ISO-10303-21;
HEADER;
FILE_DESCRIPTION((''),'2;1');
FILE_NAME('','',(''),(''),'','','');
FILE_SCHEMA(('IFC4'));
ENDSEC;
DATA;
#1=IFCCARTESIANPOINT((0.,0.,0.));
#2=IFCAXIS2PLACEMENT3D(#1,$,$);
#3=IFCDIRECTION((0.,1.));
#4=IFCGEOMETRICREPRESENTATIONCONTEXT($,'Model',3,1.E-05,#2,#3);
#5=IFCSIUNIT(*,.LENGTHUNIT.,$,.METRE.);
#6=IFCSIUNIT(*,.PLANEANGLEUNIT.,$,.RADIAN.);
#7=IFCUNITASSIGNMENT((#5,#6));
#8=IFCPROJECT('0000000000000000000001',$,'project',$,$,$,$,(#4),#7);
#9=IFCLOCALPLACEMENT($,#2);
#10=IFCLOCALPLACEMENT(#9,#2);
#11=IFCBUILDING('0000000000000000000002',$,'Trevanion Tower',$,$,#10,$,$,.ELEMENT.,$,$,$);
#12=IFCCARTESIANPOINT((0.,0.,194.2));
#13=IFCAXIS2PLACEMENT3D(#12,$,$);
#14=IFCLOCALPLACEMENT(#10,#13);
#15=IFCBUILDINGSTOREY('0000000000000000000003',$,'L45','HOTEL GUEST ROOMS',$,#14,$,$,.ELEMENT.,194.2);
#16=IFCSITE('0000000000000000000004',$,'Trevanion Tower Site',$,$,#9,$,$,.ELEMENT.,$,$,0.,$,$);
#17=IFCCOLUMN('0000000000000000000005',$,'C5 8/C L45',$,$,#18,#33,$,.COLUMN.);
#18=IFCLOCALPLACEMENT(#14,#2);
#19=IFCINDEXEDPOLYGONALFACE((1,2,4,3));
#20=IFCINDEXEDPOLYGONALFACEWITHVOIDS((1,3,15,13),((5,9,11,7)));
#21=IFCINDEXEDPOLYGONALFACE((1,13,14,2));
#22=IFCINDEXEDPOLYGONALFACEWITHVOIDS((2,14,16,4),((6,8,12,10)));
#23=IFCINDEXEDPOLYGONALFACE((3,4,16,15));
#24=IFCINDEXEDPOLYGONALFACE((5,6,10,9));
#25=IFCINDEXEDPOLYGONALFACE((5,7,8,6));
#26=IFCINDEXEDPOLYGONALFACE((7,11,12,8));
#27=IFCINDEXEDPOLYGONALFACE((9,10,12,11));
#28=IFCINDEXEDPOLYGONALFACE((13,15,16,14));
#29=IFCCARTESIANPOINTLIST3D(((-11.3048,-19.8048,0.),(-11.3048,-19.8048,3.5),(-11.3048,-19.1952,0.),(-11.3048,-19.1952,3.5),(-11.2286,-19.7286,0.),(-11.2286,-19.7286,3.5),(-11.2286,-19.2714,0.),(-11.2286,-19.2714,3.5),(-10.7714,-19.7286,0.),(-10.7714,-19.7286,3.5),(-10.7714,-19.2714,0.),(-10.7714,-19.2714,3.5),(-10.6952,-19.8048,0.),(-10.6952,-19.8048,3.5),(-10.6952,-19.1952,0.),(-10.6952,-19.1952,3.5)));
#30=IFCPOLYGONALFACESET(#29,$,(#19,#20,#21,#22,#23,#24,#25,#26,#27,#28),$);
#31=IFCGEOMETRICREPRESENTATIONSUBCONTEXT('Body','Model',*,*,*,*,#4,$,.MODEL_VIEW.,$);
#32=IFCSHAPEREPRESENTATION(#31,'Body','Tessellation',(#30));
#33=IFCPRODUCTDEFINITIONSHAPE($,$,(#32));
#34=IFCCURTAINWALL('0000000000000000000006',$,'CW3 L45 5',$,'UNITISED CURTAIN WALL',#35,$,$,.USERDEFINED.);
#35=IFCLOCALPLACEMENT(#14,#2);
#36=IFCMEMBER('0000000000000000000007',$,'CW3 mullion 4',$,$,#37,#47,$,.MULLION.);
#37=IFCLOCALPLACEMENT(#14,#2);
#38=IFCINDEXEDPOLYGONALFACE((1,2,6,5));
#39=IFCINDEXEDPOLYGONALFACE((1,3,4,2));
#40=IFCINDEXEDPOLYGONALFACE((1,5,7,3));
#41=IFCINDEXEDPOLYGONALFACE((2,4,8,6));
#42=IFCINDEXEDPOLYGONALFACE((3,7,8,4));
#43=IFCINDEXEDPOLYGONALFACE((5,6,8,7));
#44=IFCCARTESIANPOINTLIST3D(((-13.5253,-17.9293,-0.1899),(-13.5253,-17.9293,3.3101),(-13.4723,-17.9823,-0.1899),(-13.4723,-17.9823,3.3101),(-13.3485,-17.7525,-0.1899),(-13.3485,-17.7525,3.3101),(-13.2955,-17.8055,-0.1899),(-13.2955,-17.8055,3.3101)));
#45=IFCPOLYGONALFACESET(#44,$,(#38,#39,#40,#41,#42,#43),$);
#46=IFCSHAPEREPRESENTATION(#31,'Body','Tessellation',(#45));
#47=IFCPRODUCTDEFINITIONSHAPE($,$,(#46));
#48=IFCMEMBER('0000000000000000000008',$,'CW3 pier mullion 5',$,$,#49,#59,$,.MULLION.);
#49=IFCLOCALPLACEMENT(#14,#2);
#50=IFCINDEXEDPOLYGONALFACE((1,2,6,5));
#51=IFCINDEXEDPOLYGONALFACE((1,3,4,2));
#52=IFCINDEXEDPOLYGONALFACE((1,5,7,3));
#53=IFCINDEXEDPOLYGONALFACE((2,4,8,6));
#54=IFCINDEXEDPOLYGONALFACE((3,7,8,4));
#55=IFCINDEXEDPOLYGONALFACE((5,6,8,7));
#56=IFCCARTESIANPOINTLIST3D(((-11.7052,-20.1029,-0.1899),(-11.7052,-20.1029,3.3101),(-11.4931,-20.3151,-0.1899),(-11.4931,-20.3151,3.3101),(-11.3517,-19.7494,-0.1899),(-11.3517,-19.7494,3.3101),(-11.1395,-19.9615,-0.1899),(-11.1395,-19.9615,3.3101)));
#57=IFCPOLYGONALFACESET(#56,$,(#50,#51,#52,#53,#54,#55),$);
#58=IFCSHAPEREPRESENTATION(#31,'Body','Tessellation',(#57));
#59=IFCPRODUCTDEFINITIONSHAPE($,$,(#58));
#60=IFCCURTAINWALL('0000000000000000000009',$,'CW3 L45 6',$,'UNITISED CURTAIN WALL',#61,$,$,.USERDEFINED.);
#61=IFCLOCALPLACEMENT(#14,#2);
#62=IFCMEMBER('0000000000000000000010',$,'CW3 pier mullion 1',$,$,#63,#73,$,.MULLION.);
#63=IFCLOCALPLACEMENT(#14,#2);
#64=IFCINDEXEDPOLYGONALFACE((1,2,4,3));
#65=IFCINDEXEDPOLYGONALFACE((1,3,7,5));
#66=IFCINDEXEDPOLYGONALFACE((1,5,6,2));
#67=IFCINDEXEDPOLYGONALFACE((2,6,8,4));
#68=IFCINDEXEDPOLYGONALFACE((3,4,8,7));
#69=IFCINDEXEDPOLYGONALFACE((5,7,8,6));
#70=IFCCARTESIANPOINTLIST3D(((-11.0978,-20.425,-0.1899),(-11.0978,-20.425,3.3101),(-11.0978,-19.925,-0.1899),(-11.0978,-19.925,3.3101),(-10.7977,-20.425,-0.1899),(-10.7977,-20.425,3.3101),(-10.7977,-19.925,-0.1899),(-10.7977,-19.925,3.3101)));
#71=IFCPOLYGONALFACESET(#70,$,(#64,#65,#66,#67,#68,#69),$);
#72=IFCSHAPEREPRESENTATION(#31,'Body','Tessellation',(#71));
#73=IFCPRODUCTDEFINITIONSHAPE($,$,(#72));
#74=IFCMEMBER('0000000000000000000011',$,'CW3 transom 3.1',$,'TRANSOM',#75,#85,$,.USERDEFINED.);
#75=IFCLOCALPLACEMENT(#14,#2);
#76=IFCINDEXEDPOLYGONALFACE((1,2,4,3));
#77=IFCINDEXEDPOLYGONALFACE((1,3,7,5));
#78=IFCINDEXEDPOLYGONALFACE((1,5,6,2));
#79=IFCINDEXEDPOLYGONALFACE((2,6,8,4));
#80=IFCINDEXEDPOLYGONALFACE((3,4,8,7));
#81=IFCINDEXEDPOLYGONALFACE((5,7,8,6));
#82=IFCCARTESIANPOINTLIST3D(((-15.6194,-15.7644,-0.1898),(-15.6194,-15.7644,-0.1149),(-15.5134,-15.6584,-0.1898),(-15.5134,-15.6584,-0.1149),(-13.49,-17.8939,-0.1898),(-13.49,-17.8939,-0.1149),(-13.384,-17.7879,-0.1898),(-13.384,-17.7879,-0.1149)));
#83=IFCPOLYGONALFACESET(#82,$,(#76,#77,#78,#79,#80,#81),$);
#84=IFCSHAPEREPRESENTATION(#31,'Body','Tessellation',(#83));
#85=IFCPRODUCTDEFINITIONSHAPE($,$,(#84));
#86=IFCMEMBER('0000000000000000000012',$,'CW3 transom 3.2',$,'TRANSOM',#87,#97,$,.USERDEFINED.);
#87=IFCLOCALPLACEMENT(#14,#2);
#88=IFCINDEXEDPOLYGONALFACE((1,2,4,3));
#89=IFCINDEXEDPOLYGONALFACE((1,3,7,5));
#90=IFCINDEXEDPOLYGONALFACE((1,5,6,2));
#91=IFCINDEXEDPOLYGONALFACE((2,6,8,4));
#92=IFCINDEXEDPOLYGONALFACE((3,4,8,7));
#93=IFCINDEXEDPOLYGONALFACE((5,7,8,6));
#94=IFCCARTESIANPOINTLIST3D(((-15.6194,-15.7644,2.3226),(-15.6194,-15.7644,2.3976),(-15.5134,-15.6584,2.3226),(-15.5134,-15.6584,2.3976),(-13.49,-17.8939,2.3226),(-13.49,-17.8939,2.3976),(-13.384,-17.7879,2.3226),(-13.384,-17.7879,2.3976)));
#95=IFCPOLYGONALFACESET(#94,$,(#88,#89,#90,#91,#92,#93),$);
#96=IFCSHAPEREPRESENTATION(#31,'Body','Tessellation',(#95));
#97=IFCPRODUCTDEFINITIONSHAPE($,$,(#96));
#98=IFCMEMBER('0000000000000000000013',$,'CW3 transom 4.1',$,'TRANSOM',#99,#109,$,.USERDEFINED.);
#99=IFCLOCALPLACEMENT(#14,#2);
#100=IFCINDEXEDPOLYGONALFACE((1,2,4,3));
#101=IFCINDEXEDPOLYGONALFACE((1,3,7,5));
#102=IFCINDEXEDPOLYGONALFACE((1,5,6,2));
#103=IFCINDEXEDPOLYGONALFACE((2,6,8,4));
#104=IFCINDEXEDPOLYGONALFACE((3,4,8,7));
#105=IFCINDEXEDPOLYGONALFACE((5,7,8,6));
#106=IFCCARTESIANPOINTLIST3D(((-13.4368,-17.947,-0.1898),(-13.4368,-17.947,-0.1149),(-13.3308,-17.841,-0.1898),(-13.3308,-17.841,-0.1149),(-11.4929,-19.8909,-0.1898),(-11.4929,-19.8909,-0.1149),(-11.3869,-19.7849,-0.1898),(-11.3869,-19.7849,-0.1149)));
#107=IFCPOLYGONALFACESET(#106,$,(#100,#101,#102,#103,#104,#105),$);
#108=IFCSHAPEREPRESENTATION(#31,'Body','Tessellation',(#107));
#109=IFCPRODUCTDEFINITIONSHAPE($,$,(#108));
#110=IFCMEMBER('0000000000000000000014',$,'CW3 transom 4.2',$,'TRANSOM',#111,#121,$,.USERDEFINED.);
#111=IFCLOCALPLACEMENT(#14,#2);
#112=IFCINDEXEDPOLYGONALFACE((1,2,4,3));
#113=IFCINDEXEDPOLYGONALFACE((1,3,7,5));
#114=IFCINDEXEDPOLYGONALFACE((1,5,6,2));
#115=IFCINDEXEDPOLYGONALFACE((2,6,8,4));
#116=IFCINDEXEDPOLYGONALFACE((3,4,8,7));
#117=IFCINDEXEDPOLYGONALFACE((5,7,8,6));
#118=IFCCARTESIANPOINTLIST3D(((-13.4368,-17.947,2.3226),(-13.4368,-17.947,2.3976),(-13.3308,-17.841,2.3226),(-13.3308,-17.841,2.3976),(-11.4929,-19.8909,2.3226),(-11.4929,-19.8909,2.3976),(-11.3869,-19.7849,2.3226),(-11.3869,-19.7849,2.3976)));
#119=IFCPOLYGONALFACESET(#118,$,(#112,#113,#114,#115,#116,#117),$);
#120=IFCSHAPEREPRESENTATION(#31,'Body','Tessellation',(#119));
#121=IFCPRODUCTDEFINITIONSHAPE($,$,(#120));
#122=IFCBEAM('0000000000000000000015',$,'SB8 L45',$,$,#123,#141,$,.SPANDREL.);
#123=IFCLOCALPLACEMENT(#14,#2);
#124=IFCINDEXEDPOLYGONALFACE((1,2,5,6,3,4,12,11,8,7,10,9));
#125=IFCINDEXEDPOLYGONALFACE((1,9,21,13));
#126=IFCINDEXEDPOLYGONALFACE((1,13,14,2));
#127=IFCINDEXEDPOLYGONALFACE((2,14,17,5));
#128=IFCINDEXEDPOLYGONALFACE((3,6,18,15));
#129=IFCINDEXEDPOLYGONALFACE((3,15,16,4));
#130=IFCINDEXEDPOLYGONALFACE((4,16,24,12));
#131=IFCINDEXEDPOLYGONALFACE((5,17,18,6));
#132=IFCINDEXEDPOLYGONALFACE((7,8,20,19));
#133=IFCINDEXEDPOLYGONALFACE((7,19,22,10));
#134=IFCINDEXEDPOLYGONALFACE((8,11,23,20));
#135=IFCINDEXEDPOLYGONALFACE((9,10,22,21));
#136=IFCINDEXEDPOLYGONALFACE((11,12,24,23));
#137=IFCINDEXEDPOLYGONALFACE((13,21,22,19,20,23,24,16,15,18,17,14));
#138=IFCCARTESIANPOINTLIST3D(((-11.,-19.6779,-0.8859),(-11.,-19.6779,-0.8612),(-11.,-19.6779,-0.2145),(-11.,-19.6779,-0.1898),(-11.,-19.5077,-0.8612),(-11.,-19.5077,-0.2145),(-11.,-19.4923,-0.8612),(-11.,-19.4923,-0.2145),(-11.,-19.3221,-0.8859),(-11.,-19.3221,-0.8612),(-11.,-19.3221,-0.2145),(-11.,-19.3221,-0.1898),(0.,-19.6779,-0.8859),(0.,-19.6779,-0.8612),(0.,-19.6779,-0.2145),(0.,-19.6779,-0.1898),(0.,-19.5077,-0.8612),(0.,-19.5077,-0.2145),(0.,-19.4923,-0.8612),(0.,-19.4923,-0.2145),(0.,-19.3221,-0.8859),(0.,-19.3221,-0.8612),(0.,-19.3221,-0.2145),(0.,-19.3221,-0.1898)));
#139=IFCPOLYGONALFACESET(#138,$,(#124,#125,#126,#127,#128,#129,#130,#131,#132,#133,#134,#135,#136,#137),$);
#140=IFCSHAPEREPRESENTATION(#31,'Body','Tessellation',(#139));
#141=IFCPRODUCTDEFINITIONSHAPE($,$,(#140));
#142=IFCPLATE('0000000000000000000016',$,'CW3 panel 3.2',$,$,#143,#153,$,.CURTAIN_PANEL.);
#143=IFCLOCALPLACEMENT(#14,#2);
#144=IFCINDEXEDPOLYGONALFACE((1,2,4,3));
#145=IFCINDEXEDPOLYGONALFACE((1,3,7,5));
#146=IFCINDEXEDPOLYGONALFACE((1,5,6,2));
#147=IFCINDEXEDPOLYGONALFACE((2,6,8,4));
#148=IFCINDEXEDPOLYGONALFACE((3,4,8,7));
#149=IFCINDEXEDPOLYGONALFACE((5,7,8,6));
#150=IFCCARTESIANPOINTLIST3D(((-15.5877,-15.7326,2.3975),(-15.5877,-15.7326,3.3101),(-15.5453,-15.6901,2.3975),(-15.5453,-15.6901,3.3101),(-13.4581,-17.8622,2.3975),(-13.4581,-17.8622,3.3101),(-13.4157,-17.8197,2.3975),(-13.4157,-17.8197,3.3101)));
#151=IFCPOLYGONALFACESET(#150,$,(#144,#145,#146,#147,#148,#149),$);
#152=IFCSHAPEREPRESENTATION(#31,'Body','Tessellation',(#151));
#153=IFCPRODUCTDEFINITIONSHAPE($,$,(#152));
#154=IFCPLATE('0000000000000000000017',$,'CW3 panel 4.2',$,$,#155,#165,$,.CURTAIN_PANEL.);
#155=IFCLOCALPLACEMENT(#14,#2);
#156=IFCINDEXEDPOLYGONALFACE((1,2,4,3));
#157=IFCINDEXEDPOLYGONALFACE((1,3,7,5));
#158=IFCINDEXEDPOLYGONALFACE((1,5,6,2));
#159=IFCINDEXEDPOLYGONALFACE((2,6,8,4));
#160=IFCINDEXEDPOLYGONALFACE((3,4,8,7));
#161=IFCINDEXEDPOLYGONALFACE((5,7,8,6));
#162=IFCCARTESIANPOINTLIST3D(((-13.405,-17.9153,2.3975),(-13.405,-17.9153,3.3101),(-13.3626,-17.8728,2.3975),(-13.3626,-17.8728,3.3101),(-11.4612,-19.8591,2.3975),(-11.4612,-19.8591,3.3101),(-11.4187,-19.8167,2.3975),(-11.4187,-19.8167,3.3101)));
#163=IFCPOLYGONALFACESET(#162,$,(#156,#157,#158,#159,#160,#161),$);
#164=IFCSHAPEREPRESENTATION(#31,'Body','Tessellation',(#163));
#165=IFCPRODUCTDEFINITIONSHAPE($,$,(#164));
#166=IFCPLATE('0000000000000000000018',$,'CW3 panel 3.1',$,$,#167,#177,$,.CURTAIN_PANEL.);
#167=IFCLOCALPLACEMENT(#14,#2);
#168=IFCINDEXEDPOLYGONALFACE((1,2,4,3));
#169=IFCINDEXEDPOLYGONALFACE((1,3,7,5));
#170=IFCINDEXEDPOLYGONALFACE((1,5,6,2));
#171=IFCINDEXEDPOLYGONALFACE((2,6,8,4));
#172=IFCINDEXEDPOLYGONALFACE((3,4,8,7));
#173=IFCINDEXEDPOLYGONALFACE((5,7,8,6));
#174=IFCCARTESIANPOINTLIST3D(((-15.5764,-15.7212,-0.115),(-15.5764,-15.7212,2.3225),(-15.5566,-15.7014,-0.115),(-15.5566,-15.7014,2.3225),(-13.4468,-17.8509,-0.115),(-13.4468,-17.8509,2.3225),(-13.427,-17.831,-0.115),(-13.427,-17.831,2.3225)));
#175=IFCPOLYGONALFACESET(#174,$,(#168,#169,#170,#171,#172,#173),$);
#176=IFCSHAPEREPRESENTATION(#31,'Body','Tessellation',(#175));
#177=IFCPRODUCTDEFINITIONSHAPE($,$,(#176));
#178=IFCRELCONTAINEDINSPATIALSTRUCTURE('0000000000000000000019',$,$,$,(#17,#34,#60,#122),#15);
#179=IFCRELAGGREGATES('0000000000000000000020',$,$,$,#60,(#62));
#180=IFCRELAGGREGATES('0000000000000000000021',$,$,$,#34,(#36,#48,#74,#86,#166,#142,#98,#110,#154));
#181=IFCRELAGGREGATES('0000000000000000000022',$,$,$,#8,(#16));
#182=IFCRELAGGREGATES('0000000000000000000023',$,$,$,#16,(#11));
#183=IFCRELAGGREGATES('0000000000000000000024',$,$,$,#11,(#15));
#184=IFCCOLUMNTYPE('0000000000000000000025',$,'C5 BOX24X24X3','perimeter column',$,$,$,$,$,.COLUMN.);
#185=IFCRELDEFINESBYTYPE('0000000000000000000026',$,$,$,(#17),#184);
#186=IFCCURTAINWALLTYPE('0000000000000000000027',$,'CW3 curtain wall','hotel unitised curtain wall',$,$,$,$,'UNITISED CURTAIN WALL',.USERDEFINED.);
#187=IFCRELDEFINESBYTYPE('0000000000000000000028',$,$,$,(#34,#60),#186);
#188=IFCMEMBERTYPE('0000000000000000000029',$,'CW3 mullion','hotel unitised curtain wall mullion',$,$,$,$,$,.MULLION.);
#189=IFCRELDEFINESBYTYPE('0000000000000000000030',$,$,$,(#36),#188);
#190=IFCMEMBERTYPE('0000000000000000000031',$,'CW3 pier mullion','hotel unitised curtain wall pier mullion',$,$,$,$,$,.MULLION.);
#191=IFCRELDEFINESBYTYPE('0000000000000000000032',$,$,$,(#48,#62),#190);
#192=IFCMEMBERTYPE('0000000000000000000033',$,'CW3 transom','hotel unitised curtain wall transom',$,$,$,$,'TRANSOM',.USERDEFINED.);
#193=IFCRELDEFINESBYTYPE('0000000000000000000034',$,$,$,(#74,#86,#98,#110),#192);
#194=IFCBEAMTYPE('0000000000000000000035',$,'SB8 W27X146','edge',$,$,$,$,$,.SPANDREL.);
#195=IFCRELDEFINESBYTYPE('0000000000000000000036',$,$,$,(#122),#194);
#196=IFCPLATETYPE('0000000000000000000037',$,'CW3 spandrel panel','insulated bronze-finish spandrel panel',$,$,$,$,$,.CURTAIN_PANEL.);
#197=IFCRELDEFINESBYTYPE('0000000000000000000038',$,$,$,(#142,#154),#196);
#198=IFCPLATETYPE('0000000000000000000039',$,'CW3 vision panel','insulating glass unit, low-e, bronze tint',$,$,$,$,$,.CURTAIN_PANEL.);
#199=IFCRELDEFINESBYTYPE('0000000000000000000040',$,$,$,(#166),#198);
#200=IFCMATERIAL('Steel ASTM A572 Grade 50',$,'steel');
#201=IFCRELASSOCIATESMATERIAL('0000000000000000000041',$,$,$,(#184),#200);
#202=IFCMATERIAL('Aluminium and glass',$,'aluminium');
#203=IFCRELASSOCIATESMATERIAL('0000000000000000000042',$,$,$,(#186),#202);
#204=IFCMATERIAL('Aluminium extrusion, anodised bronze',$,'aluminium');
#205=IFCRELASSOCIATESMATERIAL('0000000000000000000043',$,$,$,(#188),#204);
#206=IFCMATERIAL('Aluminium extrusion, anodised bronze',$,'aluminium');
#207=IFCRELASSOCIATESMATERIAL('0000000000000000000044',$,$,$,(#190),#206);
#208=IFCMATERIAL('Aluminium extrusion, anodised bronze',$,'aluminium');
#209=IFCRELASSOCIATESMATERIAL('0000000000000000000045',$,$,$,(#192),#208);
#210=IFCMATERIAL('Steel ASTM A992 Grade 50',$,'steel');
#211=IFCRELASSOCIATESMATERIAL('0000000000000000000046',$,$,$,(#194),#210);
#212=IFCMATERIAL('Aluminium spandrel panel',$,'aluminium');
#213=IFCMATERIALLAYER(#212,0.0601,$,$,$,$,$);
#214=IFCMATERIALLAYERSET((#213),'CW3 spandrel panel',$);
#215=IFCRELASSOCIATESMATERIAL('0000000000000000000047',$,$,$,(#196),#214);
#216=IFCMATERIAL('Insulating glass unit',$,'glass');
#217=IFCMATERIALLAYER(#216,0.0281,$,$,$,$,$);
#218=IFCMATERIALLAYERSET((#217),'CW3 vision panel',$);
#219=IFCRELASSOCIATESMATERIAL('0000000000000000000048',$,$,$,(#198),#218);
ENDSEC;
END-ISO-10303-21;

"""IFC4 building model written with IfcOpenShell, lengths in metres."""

from ifc_helpers import new_model, si_unit, direction, frame, origin, origin_2d, place, context, subcontext, project, spatial, rectangle, hollow_rectangle, i_section, extrude, material, layer, layer_set, material_profile, profile_set, type_object, element, aggregate, save


model = new_model("IFC4")

# Units and contexts
model_context = context("Model", 3, precision=1e-05, world=origin(), true_north=direction((0.0, 1.0)))
body_context = subcontext(model_context, "Body", "Model", "MODEL_VIEW")
ifc_project = project(units=[si_unit("LENGTHUNIT", "METRE"), si_unit("PLANEANGLEUNIT", "RADIAN")], contexts=[model_context])

# Site, building, storey
site_placement = place(None, origin())
site = spatial("IfcSite", under=ifc_project, at=site_placement, Name="Trevanion Tower Site", CompositionType="ELEMENT", RefElevation=0.0)
building_placement = place(site_placement, origin())
building = spatial("IfcBuilding", under=site, at=building_placement, Name="Trevanion Tower", CompositionType="ELEMENT")
storey_placement = place(building_placement, frame((0.0, 0.0, 194.2)))
storey = spatial("IfcBuildingStorey", under=building, at=storey_placement, Name="L45", Description="HOTEL GUEST ROOMS", CompositionType="ELEMENT", Elevation=194.2)

# Column
ifc_material_1 = material(Name="Steel ASTM A572 Grade 50", Category="steel")
ifc_material_profile_1 = material_profile(ifc_material_1, hollow_rectangle(XDim=0.6096, YDim=0.6096, WallThickness=0.0762, at=origin_2d()), Name="BOX24X24X3")
ifc_profile_set_1 = profile_set([ifc_material_profile_1], Name="Steel ASTM A572 Grade 50")
column_type = type_object("IfcColumnType", Name="C5 BOX24X24X3", Description="perimeter column", PredefinedType="COLUMN", material=ifc_profile_set_1)
column_placement = place(storey_placement, frame((-11.0, -19.5, 0.0), z_axis=(0.0, 0.0, 1.0), x_axis=(1.0, 0.0, 0.0)))
element("IfcColumn", 1, at=column_placement, inside=storey, type_object=column_type, Name="C5 8/C L45", PredefinedType="COLUMN", context=body_context, shape_type="SweptSolid", body=[
    extrude(hollow_rectangle(XDim=0.6096, YDim=0.6096, WallThickness=0.0762, at=origin_2d()), origin(), (0.0, 0.0, 1.0), 3.5),
])

# Curtain wall, members
ifc_material_2 = material(Name="Aluminium and glass", Category="aluminium")
curtain_wall_type = type_object("IfcCurtainWallType", Name="CW3 curtain wall", Description="hotel unitised curtain wall", ElementType="UNITISED CURTAIN WALL", PredefinedType="USERDEFINED", material=ifc_material_2)
curtain_wall_1_placement = place(storey_placement, origin())
curtain_wall_1 = element("IfcCurtainWall", 2, at=curtain_wall_1_placement, inside=storey, type_object=curtain_wall_type, Name="CW3 L45 5", ObjectType="UNITISED CURTAIN WALL", PredefinedType="USERDEFINED")
ifc_material_3 = material(Name="Aluminium extrusion, anodised bronze", Category="aluminium")
ifc_material_profile_2 = material_profile(ifc_material_3, rectangle(XDim=0.075, YDim=0.25, at=origin_2d()), Name="CW3 mullion")
ifc_profile_set_2 = profile_set([ifc_material_profile_2], Name="Aluminium extrusion, anodised bronze")
member_type_1 = type_object("IfcMemberType", Name="CW3 mullion", Description="hotel unitised curtain wall mullion", PredefinedType="MULLION", material=ifc_profile_set_2)
member_1_placement = place(storey_placement, frame((-13.4104, -17.8674, -0.1899), z_axis=(0.0, 0.0, 1.0), x_axis=(0.707107, -0.707107, 0.0)))
member_1 = element("IfcMember", 3, at=member_1_placement, type_object=member_type_1, Name="CW3 mullion 4", PredefinedType="MULLION", context=body_context, shape_type="SweptSolid", body=[
    extrude(rectangle(XDim=0.075, YDim=0.25, at=origin_2d()), origin(), (0.0, 0.0, 1.0), 3.5),
])
ifc_material_4 = material(Name="Aluminium extrusion, anodised bronze", Category="aluminium")
ifc_material_profile_3 = material_profile(ifc_material_4, rectangle(XDim=0.3, YDim=0.5, at=origin_2d()), Name="CW3 pier mullion")
ifc_profile_set_3 = profile_set([ifc_material_profile_3], Name="Aluminium extrusion, anodised bronze")
member_type_2 = type_object("IfcMemberType", Name="CW3 pier mullion", Description="hotel unitised curtain wall pier mullion", PredefinedType="MULLION", material=ifc_profile_set_3)
member_2_placement = place(storey_placement, frame((-11.4224, -20.0322, -0.1899), z_axis=(0.0, 0.0, 1.0), x_axis=(0.707107, -0.707107, 0.0)))
member_2 = element("IfcMember", 4, at=member_2_placement, type_object=member_type_2, Name="CW3 pier mullion 5", PredefinedType="MULLION", context=body_context, shape_type="SweptSolid", body=[
    extrude(rectangle(XDim=0.3, YDim=0.5, at=origin_2d()), origin(), (0.0, 0.0, 1.0), 3.5),
])

# Curtain wall, member
curtain_wall_2_placement = place(storey_placement, origin())
curtain_wall_2 = element("IfcCurtainWall", 5, at=curtain_wall_2_placement, inside=storey, type_object=curtain_wall_type, Name="CW3 L45 6", ObjectType="UNITISED CURTAIN WALL", PredefinedType="USERDEFINED")
member_3_placement = place(storey_placement, frame((-10.9478, -20.175, -0.1899), z_axis=(0.0, 0.0, 1.0), x_axis=(1.0, 0.0, 0.0)))
member_3 = element("IfcMember", 6, at=member_3_placement, type_object=member_type_2, Name="CW3 pier mullion 1", PredefinedType="MULLION", context=body_context, shape_type="SweptSolid", body=[
    extrude(rectangle(XDim=0.3, YDim=0.5, at=origin_2d()), origin(), (0.0, 0.0, 1.0), 3.5),
])
aggregate(curtain_wall_2, [member_3])

# Members
ifc_material_5 = material(Name="Aluminium extrusion, anodised bronze", Category="aluminium")
ifc_material_profile_4 = material_profile(ifc_material_5, rectangle(XDim=0.1499, YDim=0.075, at=origin_2d()), Name="CW3 transom")
ifc_profile_set_4 = profile_set([ifc_material_profile_4], Name="Aluminium extrusion, anodised bronze")
member_type_3 = type_object("IfcMemberType", Name="CW3 transom", Description="hotel unitised curtain wall transom", ElementType="TRANSOM", PredefinedType="USERDEFINED", material=ifc_profile_set_4)
member_4_placement = place(storey_placement, frame((-15.5664, -15.7114, -0.1523), z_axis=(0.707107, -0.707107, 0.0), x_axis=(0.707107, 0.707107, 0.0)))
member_4 = element("IfcMember", 7, at=member_4_placement, type_object=member_type_3, Name="CW3 transom 3.1", ObjectType="TRANSOM", PredefinedType="USERDEFINED", context=body_context, shape_type="SweptSolid", body=[
    extrude(rectangle(XDim=0.1499, YDim=0.075, at=origin_2d()), origin(), (0.0, 0.0, 1.0), 3.0115),
])
member_5_placement = place(storey_placement, frame((-15.5664, -15.7114, 2.3601), z_axis=(0.707107, -0.707107, 0.0), x_axis=(0.707107, 0.707107, 0.0)))
member_5 = element("IfcMember", 8, at=member_5_placement, type_object=member_type_3, Name="CW3 transom 3.2", ObjectType="TRANSOM", PredefinedType="USERDEFINED", context=body_context, shape_type="SweptSolid", body=[
    extrude(rectangle(XDim=0.1499, YDim=0.075, at=origin_2d()), origin(), (0.0, 0.0, 1.0), 3.0115),
])
member_6_placement = place(storey_placement, frame((-13.3838, -17.894, -0.1523), z_axis=(0.707107, -0.707107, 0.0), x_axis=(0.707107, 0.707107, 0.0)))
member_6 = element("IfcMember", 9, at=member_6_placement, type_object=member_type_3, Name="CW3 transom 4.1", ObjectType="TRANSOM", PredefinedType="USERDEFINED", context=body_context, shape_type="SweptSolid", body=[
    extrude(rectangle(XDim=0.1499, YDim=0.075, at=origin_2d()), origin(), (0.0, 0.0, 1.0), 2.749),
])
member_7_placement = place(storey_placement, frame((-13.3838, -17.894, 2.3601), z_axis=(0.707107, -0.707107, 0.0), x_axis=(0.707107, 0.707107, 0.0)))
member_7 = element("IfcMember", 10, at=member_7_placement, type_object=member_type_3, Name="CW3 transom 4.2", ObjectType="TRANSOM", PredefinedType="USERDEFINED", context=body_context, shape_type="SweptSolid", body=[
    extrude(rectangle(XDim=0.1499, YDim=0.075, at=origin_2d()), origin(), (0.0, 0.0, 1.0), 2.749),
])

# Beam
ifc_material_6 = material(Name="Steel ASTM A992 Grade 50", Category="steel")
ifc_material_profile_5 = material_profile(ifc_material_6, i_section(OverallWidth=0.3557, OverallDepth=0.696, WebThickness=0.0154, FlangeThickness=0.0247, at=origin_2d()), Name="W27X146")
ifc_profile_set_5 = profile_set([ifc_material_profile_5], Name="Steel ASTM A992 Grade 50")
beam_type = type_object("IfcBeamType", Name="SB8 W27X146", Description="edge", PredefinedType="SPANDREL", material=ifc_profile_set_5)
beam_placement = place(storey_placement, frame((-11.0, -19.5, -0.5378), z_axis=(1.0, 0.0, 0.0), x_axis=(0.0, 1.0, 0.0)))
element("IfcBeam", 11, at=beam_placement, inside=storey, type_object=beam_type, Name="SB8 L45", PredefinedType="SPANDREL", context=body_context, shape_type="SweptSolid", body=[
    extrude(i_section(OverallWidth=0.3557, OverallDepth=0.696, WebThickness=0.0154, FlangeThickness=0.0247, at=origin_2d()), origin(), (0.0, 0.0, 1.0), 11.0),
])

# Plates
ifc_material_7 = material(Name="Aluminium spandrel panel", Category="aluminium")
ifc_layer_1 = layer(ifc_material_7, 0.0601)
ifc_layer_set_1 = layer_set([ifc_layer_1], Name="CW3 spandrel panel")
plate_type_1 = type_object("IfcPlateType", Name="CW3 spandrel panel", Description="insulated bronze-finish spandrel panel", PredefinedType="CURTAIN_PANEL", material=ifc_layer_set_1)
plate_1_placement = place(storey_placement, frame((-14.5017, -16.7761, 2.3975), z_axis=(0.0, 0.0, 1.0), x_axis=(0.707107, -0.707107, 0.0)))
plate_1 = element("IfcPlate", 12, at=plate_1_placement, type_object=plate_type_1, Name="CW3 panel 3.2", PredefinedType="CURTAIN_PANEL", context=body_context, shape_type="SweptSolid", body=[
    extrude(rectangle(XDim=3.0117, YDim=0.0601, at=origin_2d()), origin(), (0.0, 0.0, 1.0), 0.9126),
])
plate_2_placement = place(storey_placement, frame((-12.4119, -18.866, 2.3975), z_axis=(0.0, 0.0, 1.0), x_axis=(0.707107, -0.707107, 0.0)))
plate_2 = element("IfcPlate", 13, at=plate_2_placement, type_object=plate_type_1, Name="CW3 panel 4.2", PredefinedType="CURTAIN_PANEL", context=body_context, shape_type="SweptSolid", body=[
    extrude(rectangle(XDim=2.749, YDim=0.0601, at=origin_2d()), origin(), (0.0, 0.0, 1.0), 0.9126),
])
ifc_material_8 = material(Name="Insulating glass unit", Category="glass")
ifc_layer_2 = layer(ifc_material_8, 0.0281)
ifc_layer_set_2 = layer_set([ifc_layer_2], Name="CW3 vision panel")
plate_type_2 = type_object("IfcPlateType", Name="CW3 vision panel", Description="insulating glass unit, low-e, bronze tint", PredefinedType="CURTAIN_PANEL", material=ifc_layer_set_2)
plate_3_placement = place(storey_placement, frame((-14.5017, -16.7761, -0.115), z_axis=(0.0, 0.0, 1.0), x_axis=(0.707107, -0.707107, 0.0)))
plate_3 = element("IfcPlate", 14, at=plate_3_placement, type_object=plate_type_2, Name="CW3 panel 3.1", PredefinedType="CURTAIN_PANEL", context=body_context, shape_type="SweptSolid", body=[
    extrude(rectangle(XDim=3.0117, YDim=0.0281, at=origin_2d()), origin(), (0.0, 0.0, 1.0), 2.4375),
])
aggregate(curtain_wall_1, [member_1, member_2, member_4, member_5, plate_3, plate_1, member_6, member_7, plate_2])

save(model, "model.ifc")
